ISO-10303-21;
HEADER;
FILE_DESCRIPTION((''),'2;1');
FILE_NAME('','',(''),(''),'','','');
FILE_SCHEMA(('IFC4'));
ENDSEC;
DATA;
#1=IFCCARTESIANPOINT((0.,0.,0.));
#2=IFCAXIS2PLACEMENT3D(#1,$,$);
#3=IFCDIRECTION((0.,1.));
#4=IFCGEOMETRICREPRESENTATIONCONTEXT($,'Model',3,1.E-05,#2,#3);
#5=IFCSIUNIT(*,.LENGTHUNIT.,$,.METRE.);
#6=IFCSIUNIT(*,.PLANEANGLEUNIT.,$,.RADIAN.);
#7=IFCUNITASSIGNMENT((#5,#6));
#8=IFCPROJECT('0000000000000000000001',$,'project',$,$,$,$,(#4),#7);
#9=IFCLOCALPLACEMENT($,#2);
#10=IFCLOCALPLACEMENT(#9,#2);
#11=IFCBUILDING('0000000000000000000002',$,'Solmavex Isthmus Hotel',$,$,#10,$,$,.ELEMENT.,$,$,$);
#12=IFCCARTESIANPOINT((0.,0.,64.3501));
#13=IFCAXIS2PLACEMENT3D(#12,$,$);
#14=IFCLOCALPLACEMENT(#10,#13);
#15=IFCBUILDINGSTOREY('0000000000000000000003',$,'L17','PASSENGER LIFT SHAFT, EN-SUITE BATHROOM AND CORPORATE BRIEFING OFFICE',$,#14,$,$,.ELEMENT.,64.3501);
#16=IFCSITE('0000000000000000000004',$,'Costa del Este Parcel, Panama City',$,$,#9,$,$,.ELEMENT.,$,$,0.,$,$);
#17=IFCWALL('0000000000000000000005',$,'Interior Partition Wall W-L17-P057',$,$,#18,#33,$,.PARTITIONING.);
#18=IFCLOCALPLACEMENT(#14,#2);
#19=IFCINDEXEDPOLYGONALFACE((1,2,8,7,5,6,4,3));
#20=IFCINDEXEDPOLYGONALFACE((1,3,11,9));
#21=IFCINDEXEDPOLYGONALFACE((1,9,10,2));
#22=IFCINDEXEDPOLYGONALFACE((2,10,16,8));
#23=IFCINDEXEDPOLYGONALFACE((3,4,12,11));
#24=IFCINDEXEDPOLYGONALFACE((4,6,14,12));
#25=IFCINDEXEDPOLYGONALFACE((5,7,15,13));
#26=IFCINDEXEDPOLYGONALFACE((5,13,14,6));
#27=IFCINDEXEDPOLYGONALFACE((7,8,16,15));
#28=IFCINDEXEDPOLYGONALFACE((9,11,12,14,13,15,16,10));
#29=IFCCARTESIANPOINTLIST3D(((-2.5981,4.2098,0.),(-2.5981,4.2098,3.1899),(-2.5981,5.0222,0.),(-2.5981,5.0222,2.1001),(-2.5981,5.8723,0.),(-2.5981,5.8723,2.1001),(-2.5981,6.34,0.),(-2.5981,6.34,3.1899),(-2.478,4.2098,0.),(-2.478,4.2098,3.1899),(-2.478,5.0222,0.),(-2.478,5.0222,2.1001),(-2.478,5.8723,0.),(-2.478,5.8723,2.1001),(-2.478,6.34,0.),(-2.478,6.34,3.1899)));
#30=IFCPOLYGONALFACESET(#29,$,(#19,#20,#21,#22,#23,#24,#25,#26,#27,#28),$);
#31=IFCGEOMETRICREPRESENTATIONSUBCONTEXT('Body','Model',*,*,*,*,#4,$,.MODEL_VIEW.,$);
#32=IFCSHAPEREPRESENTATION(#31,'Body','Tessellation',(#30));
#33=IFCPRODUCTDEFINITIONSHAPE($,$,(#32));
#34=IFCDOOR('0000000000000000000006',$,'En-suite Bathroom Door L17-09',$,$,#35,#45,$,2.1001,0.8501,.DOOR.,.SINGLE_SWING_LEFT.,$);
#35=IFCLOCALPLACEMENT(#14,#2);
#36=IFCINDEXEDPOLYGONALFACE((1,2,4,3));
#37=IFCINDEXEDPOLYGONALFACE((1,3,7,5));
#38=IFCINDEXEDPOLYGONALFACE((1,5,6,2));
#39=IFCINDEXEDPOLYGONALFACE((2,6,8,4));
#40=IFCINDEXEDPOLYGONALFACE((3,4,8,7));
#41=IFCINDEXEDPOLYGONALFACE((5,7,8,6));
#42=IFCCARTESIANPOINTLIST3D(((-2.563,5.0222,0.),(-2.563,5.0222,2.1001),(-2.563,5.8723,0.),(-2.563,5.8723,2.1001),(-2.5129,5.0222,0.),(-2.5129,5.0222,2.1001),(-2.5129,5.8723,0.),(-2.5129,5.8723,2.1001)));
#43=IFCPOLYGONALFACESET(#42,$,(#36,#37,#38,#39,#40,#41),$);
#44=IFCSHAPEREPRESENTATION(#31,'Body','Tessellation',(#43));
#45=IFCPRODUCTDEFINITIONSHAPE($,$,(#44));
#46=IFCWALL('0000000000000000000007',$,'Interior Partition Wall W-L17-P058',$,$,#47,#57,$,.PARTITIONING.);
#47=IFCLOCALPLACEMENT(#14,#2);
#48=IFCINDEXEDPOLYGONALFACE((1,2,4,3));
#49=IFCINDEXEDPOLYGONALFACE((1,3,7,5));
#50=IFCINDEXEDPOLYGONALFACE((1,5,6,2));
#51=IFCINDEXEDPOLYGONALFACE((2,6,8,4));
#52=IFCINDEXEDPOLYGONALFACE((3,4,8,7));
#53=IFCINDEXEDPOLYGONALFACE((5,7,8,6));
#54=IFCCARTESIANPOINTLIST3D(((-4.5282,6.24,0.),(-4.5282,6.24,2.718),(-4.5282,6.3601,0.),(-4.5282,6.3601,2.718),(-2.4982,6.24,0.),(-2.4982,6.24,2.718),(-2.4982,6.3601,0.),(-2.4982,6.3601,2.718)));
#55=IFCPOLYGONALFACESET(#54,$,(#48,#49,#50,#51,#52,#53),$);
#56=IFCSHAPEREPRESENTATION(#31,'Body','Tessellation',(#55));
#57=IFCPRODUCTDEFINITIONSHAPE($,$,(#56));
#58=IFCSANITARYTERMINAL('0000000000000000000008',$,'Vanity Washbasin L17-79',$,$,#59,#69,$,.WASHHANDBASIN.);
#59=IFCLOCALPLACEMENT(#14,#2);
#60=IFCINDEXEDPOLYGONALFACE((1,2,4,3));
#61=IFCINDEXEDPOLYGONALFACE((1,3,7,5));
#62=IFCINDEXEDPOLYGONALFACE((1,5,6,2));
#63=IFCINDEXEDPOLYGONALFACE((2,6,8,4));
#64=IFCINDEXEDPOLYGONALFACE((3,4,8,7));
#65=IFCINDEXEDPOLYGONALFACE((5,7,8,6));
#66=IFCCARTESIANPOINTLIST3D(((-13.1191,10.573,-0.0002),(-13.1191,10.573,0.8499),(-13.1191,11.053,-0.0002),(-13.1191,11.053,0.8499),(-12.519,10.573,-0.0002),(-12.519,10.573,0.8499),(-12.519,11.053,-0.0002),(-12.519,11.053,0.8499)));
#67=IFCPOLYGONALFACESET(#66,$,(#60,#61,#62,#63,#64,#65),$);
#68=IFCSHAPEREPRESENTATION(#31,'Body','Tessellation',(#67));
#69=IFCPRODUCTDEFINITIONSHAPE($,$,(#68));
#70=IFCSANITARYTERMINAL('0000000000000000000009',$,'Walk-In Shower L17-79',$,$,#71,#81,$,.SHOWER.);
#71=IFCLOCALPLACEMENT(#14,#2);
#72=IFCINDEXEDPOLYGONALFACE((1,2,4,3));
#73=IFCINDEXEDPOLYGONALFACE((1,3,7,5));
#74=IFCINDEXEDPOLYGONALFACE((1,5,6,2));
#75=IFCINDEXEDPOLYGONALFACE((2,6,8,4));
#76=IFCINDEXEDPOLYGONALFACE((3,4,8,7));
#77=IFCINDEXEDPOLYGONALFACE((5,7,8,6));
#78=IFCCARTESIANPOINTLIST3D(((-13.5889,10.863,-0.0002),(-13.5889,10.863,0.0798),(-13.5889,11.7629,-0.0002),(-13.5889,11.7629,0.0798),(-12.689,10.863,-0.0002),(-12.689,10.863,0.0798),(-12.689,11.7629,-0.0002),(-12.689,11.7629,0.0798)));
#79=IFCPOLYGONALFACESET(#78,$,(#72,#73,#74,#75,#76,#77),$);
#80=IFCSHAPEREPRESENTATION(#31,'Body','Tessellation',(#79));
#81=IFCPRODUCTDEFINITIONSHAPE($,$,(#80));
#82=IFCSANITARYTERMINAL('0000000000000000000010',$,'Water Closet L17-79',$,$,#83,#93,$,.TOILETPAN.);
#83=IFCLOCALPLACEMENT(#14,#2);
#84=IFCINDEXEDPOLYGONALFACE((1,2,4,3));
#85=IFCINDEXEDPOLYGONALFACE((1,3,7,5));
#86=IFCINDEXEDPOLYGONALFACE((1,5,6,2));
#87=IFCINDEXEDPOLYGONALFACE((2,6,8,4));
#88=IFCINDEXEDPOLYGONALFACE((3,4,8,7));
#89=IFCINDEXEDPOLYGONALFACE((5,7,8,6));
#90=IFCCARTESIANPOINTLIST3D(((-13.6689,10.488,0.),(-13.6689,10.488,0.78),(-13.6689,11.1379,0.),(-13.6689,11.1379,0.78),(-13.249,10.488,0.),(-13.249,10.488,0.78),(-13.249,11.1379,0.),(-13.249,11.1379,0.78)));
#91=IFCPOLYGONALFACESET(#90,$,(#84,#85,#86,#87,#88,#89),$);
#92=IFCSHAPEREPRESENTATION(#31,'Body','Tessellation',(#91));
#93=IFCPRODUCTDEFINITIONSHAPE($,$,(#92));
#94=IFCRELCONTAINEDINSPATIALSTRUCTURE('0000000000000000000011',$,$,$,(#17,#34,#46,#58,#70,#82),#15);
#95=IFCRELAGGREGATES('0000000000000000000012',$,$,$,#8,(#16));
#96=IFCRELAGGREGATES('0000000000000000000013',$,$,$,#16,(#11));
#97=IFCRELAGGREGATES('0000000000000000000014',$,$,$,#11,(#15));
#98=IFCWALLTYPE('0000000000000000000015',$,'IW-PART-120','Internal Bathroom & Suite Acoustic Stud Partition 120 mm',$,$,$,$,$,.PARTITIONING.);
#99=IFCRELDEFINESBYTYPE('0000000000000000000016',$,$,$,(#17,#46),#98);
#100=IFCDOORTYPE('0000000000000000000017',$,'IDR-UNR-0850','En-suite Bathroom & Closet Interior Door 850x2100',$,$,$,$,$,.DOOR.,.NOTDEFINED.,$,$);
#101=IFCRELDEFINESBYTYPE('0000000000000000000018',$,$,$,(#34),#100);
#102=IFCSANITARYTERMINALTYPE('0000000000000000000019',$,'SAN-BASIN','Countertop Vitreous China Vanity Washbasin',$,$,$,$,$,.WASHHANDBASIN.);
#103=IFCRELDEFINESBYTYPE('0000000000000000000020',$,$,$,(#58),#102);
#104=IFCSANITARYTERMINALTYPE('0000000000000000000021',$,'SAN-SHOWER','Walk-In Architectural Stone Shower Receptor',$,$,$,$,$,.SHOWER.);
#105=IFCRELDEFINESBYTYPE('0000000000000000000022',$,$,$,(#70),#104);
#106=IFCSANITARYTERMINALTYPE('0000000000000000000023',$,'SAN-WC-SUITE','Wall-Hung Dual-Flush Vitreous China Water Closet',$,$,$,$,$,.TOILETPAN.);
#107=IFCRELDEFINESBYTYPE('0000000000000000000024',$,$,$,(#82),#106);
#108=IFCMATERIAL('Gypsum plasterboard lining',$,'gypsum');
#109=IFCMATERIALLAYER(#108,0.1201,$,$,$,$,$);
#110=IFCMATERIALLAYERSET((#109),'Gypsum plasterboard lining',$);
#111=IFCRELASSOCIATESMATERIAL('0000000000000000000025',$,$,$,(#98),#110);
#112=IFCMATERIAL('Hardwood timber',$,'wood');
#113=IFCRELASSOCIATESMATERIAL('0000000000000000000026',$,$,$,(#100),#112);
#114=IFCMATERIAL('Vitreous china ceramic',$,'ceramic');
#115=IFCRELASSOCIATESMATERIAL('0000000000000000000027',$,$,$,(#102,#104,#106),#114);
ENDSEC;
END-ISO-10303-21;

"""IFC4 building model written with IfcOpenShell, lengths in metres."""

from ifc_helpers import new_model, si_unit, direction, frame, frame_2d, origin, origin_2d, place, context, subcontext, project, spatial, rectangle, extrude, material, layer, layer_set, type_object, element, fill, save


model = new_model("IFC4")

# Units and contexts
model_context = context("Model", 3, precision=1e-05, world=origin(), true_north=direction((0.0, 1.0)))
body_context = subcontext(model_context, "Body", "Model", "MODEL_VIEW")
ifc_project = project(units=[si_unit("LENGTHUNIT", "METRE"), si_unit("PLANEANGLEUNIT", "RADIAN")], contexts=[model_context])

# Site, building, storey
site_placement = place(None, origin())
site = spatial("IfcSite", under=ifc_project, at=site_placement, Name="Costa del Este Parcel, Panama City", CompositionType="ELEMENT", RefElevation=0.0)
building_placement = place(site_placement, origin())
building = spatial("IfcBuilding", under=site, at=building_placement, Name="Solmavex Isthmus Hotel", CompositionType="ELEMENT")
storey_placement = place(building_placement, frame((0.0, 0.0, 64.3501)))
storey = spatial("IfcBuildingStorey", under=building, at=storey_placement, Name="L17", Description="PASSENGER LIFT SHAFT, EN-SUITE BATHROOM AND CORPORATE BRIEFING OFFICE", CompositionType="ELEMENT", Elevation=64.3501)

# Shared definitions
ifc_material_1 = material(Name="Gypsum plasterboard lining", Category="gypsum")

# Shared definitions
ifc_material_2 = material(Name="Hardwood timber", Category="wood")

# Shared definitions
ifc_layer_1 = layer(ifc_material_1, 0.1201)
ifc_layer_set_1 = layer_set([ifc_layer_1], Name="Gypsum plasterboard lining")
wall_type_1 = type_object("IfcWallType", Name="IW-PART-120", Description="Internal Bathroom & Suite Acoustic Stud Partition 120 mm", PredefinedType="PARTITIONING", material=ifc_layer_set_1)

# Shared definitions
door_type_1 = type_object("IfcDoorType", Name="IDR-UNR-0850", Description="En-suite Bathroom & Closet Interior Door 850x2100", OperationType="NOTDEFINED", PredefinedType="DOOR", material=ifc_material_2)

# Wall, opening, door
wall_1_placement = place(storey_placement, frame((-2.5381, 4.21, 0.0), z_axis=(0.0, 0.0, 1.0), x_axis=(0.0, 1.0, 0.0)))
wall_1 = element("IfcWall", 1, at=wall_1_placement, inside=storey, type_object=wall_type_1, Name="Interior Partition Wall W-L17-P057", PredefinedType="PARTITIONING", context=body_context, shape_type="SweptSolid", body=[
    extrude(rectangle(XDim=2.1301, YDim=0.1201, at=frame_2d((1.0649, 0.0))), origin(), (0.0, 0.0, 1.0), 3.1899),
])
opening_1_placement = place(wall_1_placement, frame((0.8123, 0.0, 0.0)))
opening_1 = element("IfcOpeningElement", 2, at=opening_1_placement, cuts=wall_1, PredefinedType="OPENING", context=body_context, shape_type="SweptSolid", body=[
    extrude(rectangle(XDim=0.8501, YDim=2.1001, at=frame_2d((0.425, 1.05))), frame((0.0, 0.0701, 0.0), z_axis=(0.0, -1.0, 0.0), x_axis=(1.0, 0.0, 0.0)), (0.0, 0.0, 1.0), 0.1401),
])
door_1_placement = place(opening_1_placement, origin())
door_1 = element("IfcDoor", 3, at=door_1_placement, inside=storey, type_object=door_type_1, Name="En-suite Bathroom Door L17-09", OperationType="SINGLE_SWING_LEFT", OverallHeight=2.1001, OverallWidth=0.8501, PredefinedType="DOOR", context=body_context, shape_type="SweptSolid", body=[
    extrude(rectangle(XDim=0.8501, YDim=2.1001, at=frame_2d((0.425, 1.05))), frame((0.0, 0.0249, 0.0), z_axis=(0.0, -1.0, 0.0), x_axis=(1.0, 0.0, 0.0)), (0.0, 0.0, 1.0), 0.05),
])
fill(opening_1, door_1)

# Wall
wall_2_placement = place(storey_placement, frame((-2.498, 6.3, 0.0), z_axis=(0.0, 0.0, 1.0), x_axis=(-1.0, 0.0, 0.0)))
element("IfcWall", 4, at=wall_2_placement, inside=storey, type_object=wall_type_1, Name="Interior Partition Wall W-L17-P058", PredefinedType="PARTITIONING", context=body_context, shape_type="SweptSolid", body=[
    extrude(rectangle(XDim=2.03, YDim=0.1201, at=frame_2d((1.0151, 0.0))), origin(), (0.0, 0.0, 1.0), 2.718),
])

# Sanitary terminals
ifc_material_3 = material(Name="Vitreous china ceramic", Category="ceramic")
sanitary_terminal_type_1 = type_object("IfcSanitaryTerminalType", Name="SAN-BASIN", Description="Countertop Vitreous China Vanity Washbasin", PredefinedType="WASHHANDBASIN", material=ifc_material_3)
sanitary_terminal_1_placement = place(storey_placement, frame((-12.8191, 10.813, -0.0002), z_axis=(0.0, 0.0, 1.0), x_axis=(1.0, 0.0, 0.0)))
element("IfcSanitaryTerminal", 5, at=sanitary_terminal_1_placement, inside=storey, type_object=sanitary_terminal_type_1, Name="Vanity Washbasin L17-79", PredefinedType="WASHHANDBASIN", context=body_context, shape_type="SweptSolid", body=[
    extrude(rectangle(XDim=0.6001, YDim=0.48, at=origin_2d()), origin(), (0.0, 0.0, 1.0), 0.8501),
])
sanitary_terminal_type_2 = type_object("IfcSanitaryTerminalType", Name="SAN-SHOWER", Description="Walk-In Architectural Stone Shower Receptor", PredefinedType="SHOWER", material=ifc_material_3)
sanitary_terminal_2_placement = place(storey_placement, frame((-13.1389, 11.313, -0.0002), z_axis=(0.0, 0.0, 1.0), x_axis=(1.0, 0.0, 0.0)))
element("IfcSanitaryTerminal", 6, at=sanitary_terminal_2_placement, inside=storey, type_object=sanitary_terminal_type_2, Name="Walk-In Shower L17-79", PredefinedType="SHOWER", context=body_context, shape_type="SweptSolid", body=[
    extrude(rectangle(XDim=0.8999, YDim=0.8999, at=origin_2d()), origin(), (0.0, 0.0, 1.0), 0.0801),
])
sanitary_terminal_type_3 = type_object("IfcSanitaryTerminalType", Name="SAN-WC-SUITE", Description="Wall-Hung Dual-Flush Vitreous China Water Closet", PredefinedType="TOILETPAN", material=ifc_material_3)
sanitary_terminal_3_placement = place(storey_placement, frame((-13.459, 10.813, 0.0), z_axis=(0.0, 0.0, 1.0), x_axis=(1.0, 0.0, 0.0)))
element("IfcSanitaryTerminal", 7, at=sanitary_terminal_3_placement, inside=storey, type_object=sanitary_terminal_type_3, Name="Water Closet L17-79", PredefinedType="TOILETPAN", context=body_context, shape_type="SweptSolid", body=[
    extrude(rectangle(XDim=0.4199, YDim=0.6499, at=origin_2d()), origin(), (0.0, 0.0, 1.0), 0.78),
])

save(model, "model.ifc")
